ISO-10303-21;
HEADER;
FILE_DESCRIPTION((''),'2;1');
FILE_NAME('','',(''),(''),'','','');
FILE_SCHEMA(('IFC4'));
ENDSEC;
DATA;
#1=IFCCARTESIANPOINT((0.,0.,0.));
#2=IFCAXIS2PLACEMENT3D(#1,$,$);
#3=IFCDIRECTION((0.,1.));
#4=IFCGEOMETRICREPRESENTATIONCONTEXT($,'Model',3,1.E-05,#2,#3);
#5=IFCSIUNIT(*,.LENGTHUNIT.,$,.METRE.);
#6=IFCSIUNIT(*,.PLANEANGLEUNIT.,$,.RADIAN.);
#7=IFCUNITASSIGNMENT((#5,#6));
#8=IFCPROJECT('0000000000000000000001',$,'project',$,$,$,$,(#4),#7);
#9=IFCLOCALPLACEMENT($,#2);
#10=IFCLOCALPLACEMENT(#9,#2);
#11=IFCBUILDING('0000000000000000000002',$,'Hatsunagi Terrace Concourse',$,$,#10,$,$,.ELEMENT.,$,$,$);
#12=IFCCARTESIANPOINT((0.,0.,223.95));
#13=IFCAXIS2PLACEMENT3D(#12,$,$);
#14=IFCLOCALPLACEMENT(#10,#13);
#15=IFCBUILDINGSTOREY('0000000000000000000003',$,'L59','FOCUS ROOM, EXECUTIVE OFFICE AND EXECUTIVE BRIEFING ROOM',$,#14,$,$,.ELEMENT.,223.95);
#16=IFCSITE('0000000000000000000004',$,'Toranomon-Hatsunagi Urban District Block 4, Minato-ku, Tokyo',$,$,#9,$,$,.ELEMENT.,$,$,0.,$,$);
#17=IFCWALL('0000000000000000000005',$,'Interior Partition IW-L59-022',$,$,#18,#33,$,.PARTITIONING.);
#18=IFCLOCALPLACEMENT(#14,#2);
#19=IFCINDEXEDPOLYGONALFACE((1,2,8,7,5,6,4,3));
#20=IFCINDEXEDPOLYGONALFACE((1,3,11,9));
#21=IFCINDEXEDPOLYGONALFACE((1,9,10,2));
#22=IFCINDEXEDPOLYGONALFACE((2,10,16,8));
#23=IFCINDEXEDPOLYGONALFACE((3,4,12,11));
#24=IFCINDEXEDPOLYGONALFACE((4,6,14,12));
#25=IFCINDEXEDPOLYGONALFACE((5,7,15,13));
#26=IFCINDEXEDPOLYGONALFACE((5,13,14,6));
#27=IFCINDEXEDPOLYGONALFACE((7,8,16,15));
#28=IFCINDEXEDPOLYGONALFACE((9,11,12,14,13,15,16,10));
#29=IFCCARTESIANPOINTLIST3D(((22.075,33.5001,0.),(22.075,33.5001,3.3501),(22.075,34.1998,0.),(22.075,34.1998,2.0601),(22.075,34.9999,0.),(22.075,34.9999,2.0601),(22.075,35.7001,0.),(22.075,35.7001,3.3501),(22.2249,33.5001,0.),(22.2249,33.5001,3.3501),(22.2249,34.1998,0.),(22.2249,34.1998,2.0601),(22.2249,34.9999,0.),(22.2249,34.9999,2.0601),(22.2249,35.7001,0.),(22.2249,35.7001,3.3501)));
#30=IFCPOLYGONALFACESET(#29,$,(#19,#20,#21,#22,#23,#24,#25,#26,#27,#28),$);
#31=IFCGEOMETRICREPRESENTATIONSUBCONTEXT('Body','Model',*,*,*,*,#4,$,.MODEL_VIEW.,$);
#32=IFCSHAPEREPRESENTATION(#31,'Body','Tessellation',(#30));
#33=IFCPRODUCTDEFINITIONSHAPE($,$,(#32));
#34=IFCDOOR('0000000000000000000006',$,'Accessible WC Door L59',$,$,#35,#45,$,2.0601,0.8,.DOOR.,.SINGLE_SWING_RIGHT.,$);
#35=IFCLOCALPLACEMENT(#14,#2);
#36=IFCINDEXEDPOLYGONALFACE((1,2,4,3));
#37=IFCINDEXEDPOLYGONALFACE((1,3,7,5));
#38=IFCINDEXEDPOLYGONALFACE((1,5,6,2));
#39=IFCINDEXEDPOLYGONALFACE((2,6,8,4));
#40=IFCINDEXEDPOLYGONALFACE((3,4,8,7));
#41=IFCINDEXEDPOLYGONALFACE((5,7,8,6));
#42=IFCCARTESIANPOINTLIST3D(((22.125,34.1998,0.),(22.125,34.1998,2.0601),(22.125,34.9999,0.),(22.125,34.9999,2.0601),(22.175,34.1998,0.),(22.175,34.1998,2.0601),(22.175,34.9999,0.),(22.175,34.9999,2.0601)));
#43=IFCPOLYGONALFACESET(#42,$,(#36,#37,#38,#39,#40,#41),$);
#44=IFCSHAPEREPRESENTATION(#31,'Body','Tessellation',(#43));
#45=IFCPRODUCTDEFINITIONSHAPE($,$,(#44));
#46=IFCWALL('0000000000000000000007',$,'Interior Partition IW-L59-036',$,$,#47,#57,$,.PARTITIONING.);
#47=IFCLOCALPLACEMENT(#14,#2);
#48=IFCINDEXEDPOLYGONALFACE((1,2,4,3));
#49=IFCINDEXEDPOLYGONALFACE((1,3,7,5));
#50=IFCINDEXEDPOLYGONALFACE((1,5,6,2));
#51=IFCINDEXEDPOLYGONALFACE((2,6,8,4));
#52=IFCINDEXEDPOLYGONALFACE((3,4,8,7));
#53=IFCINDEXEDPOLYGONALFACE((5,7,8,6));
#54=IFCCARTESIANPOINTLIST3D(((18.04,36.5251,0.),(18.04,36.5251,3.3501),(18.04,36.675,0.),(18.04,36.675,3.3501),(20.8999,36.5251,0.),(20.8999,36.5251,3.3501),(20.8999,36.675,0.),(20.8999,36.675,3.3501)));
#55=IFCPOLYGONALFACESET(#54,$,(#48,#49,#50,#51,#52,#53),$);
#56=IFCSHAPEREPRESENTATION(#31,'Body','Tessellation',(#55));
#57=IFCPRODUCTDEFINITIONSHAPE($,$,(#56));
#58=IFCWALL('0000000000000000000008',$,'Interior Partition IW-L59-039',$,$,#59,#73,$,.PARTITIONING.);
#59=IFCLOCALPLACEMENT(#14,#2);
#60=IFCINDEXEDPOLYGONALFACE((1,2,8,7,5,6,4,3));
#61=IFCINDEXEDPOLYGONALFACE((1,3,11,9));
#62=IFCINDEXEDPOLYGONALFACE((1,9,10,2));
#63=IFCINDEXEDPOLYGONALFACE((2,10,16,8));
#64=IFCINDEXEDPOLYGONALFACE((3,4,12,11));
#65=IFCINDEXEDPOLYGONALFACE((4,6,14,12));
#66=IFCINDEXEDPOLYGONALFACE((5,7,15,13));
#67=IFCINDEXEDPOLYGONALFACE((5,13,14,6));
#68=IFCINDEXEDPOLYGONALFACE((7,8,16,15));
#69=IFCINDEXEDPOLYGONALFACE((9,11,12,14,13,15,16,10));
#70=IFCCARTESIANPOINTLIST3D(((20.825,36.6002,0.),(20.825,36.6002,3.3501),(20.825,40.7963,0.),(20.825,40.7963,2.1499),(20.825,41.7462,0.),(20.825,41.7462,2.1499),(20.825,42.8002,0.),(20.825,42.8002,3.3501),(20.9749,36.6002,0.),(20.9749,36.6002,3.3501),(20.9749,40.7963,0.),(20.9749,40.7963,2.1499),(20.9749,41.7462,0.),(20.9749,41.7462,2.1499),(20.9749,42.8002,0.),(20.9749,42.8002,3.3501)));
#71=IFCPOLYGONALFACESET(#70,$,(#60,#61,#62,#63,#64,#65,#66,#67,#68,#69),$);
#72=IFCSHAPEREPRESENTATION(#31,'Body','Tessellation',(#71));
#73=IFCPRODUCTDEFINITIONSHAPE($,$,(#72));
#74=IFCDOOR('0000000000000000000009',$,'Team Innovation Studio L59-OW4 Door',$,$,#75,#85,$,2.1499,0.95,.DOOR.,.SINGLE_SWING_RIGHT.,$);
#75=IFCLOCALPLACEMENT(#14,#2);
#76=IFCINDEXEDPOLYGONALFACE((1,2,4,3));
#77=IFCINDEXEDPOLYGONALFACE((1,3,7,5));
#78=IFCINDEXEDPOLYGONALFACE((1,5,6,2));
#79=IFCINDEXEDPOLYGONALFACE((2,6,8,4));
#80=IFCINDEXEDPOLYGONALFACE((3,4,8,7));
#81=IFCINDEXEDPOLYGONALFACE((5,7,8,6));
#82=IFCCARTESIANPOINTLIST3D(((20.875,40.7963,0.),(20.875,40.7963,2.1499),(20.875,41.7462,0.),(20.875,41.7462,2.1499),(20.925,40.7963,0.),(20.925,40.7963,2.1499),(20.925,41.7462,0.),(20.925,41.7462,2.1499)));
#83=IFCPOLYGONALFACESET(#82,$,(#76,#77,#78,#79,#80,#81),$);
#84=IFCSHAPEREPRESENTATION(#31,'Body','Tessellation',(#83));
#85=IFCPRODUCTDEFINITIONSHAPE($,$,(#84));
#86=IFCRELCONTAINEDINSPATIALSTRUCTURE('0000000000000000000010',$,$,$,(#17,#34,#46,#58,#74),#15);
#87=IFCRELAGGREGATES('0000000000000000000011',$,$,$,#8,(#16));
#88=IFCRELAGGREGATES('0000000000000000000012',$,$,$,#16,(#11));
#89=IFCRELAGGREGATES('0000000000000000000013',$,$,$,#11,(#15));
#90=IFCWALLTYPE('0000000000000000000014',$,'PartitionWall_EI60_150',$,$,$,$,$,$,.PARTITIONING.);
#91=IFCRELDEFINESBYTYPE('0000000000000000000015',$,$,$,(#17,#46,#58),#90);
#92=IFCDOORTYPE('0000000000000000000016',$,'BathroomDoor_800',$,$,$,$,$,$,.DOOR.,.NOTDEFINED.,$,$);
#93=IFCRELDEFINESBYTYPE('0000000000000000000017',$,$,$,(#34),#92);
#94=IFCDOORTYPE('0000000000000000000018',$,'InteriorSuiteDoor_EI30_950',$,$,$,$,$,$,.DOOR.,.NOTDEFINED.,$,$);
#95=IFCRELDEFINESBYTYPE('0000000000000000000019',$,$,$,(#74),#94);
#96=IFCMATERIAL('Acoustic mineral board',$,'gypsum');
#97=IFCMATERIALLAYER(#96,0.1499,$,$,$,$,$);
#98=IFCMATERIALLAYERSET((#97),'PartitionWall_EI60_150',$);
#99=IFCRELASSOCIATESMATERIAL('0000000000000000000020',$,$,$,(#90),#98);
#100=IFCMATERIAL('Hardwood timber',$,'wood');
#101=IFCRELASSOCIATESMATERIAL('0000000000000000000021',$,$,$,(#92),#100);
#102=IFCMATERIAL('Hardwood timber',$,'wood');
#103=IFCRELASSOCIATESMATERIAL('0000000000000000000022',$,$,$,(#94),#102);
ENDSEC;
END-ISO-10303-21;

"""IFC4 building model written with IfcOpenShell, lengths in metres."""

from ifc_helpers import new_model, si_unit, direction, frame, frame_2d, origin, place, context, subcontext, project, spatial, rectangle, extrude, material, layer, layer_set, type_object, element, fill, save


model = new_model("IFC4")

# Units and contexts
model_context = context("Model", 3, precision=1e-05, world=origin(), true_north=direction((0.0, 1.0)))
body_context = subcontext(model_context, "Body", "Model", "MODEL_VIEW")
ifc_project = project(units=[si_unit("LENGTHUNIT", "METRE"), si_unit("PLANEANGLEUNIT", "RADIAN")], contexts=[model_context])

# Site, building, storey
site_placement = place(None, origin())
site = spatial("IfcSite", under=ifc_project, at=site_placement, Name="Toranomon-Hatsunagi Urban District Block 4, Minato-ku, Tokyo", CompositionType="ELEMENT", RefElevation=0.0)
building_placement = place(site_placement, origin())
building = spatial("IfcBuilding", under=site, at=building_placement, Name="Hatsunagi Terrace Concourse", CompositionType="ELEMENT")
storey_placement = place(building_placement, frame((0.0, 0.0, 223.95)))
storey = spatial("IfcBuildingStorey", under=building, at=storey_placement, Name="L59", Description="FOCUS ROOM, EXECUTIVE OFFICE AND EXECUTIVE BRIEFING ROOM", CompositionType="ELEMENT", Elevation=223.95)

# Wall, opening, door
ifc_material_1 = material(Name="Acoustic mineral board", Category="gypsum")
ifc_layer_1 = layer(ifc_material_1, 0.1499)
ifc_layer_set_1 = layer_set([ifc_layer_1], Name="PartitionWall_EI60_150")
wall_type = type_object("IfcWallType", Name="PartitionWall_EI60_150", PredefinedType="PARTITIONING", material=ifc_layer_set_1)
wall_1_placement = place(storey_placement, frame((22.1499, 33.5, 0.0), z_axis=(0.0, 0.0, 1.0), x_axis=(0.0, 1.0, 0.0)))
wall_1 = element("IfcWall", 1, at=wall_1_placement, inside=storey, type_object=wall_type, Name="Interior Partition IW-L59-022", PredefinedType="PARTITIONING", context=body_context, shape_type="SweptSolid", body=[
    extrude(rectangle(XDim=2.2, YDim=0.1499, at=frame_2d((1.1001, 0.0))), origin(), (0.0, 0.0, 1.0), 3.3501),
])
opening_1_placement = place(wall_1_placement, frame((0.7, 0.0, 0.0)))
opening_1 = element("IfcOpeningElement", 2, at=opening_1_placement, cuts=wall_1, PredefinedType="OPENING", context=body_context, shape_type="SweptSolid", body=[
    extrude(rectangle(XDim=0.8, YDim=2.0601, at=frame_2d((0.3999, 1.03))), frame((0.0, 0.085, 0.0), z_axis=(0.0, -1.0, 0.0), x_axis=(1.0, 0.0, 0.0)), (0.0, 0.0, 1.0), 0.1699),
])
ifc_material_2 = material(Name="Hardwood timber", Category="wood")
door_type_1 = type_object("IfcDoorType", Name="BathroomDoor_800", OperationType="NOTDEFINED", PredefinedType="DOOR", material=ifc_material_2)
door_1_placement = place(opening_1_placement, origin())
door_1 = element("IfcDoor", 3, at=door_1_placement, inside=storey, type_object=door_type_1, Name="Accessible WC Door L59", OperationType="SINGLE_SWING_RIGHT", OverallHeight=2.0601, OverallWidth=0.8, PredefinedType="DOOR", context=body_context, shape_type="SweptSolid", body=[
    extrude(rectangle(XDim=0.8, YDim=2.0601, at=frame_2d((0.3999, 1.03))), frame((0.0, 0.0249, 0.0), z_axis=(0.0, -1.0, 0.0), x_axis=(1.0, 0.0, 0.0)), (0.0, 0.0, 1.0), 0.05),
])
fill(opening_1, door_1)

# Wall
wall_2_placement = place(storey_placement, frame((18.04, 36.6001, 0.0), z_axis=(0.0, 0.0, 1.0), x_axis=(1.0, 0.0, 0.0)))
element("IfcWall", 4, at=wall_2_placement, inside=storey, type_object=wall_type, Name="Interior Partition IW-L59-036", PredefinedType="PARTITIONING", context=body_context, shape_type="SweptSolid", body=[
    extrude(rectangle(XDim=2.8599, YDim=0.1499, at=frame_2d((1.4299, 0.0))), origin(), (0.0, 0.0, 1.0), 3.3501),
])

# Wall, opening, door
wall_3_placement = place(storey_placement, frame((20.8999, 36.6001, 0.0), z_axis=(0.0, 0.0, 1.0), x_axis=(0.0, 1.0, 0.0)))
wall_3 = element("IfcWall", 5, at=wall_3_placement, inside=storey, type_object=wall_type, Name="Interior Partition IW-L59-039", PredefinedType="PARTITIONING", context=body_context, shape_type="SweptSolid", body=[
    extrude(rectangle(XDim=6.2, YDim=0.1499, at=frame_2d((3.1001, 0.0))), origin(), (0.0, 0.0, 1.0), 3.3501),
])
opening_2_placement = place(wall_3_placement, frame((4.196, 0.0, 0.0)))
opening_2 = element("IfcOpeningElement", 6, at=opening_2_placement, cuts=wall_3, PredefinedType="OPENING", context=body_context, shape_type="SweptSolid", body=[
    extrude(rectangle(XDim=0.95, YDim=2.1499, at=frame_2d((0.4751, 1.075))), frame((0.0, 0.085, 0.0), z_axis=(0.0, -1.0, 0.0), x_axis=(1.0, 0.0, 0.0)), (0.0, 0.0, 1.0), 0.1699),
])
ifc_material_3 = material(Name="Hardwood timber", Category="wood")
door_type_2 = type_object("IfcDoorType", Name="InteriorSuiteDoor_EI30_950", OperationType="NOTDEFINED", PredefinedType="DOOR", material=ifc_material_3)
door_2_placement = place(opening_2_placement, origin())
door_2 = element("IfcDoor", 7, at=door_2_placement, inside=storey, type_object=door_type_2, Name="Team Innovation Studio L59-OW4 Door", OperationType="SINGLE_SWING_RIGHT", OverallHeight=2.1499, OverallWidth=0.95, PredefinedType="DOOR", context=body_context, shape_type="SweptSolid", body=[
    extrude(rectangle(XDim=0.95, YDim=2.1499, at=frame_2d((0.4751, 1.075))), frame((0.0, 0.0249, 0.0), z_axis=(0.0, -1.0, 0.0), x_axis=(1.0, 0.0, 0.0)), (0.0, 0.0, 1.0), 0.05),
])
fill(opening_2, door_2)

save(model, "model.ifc")
